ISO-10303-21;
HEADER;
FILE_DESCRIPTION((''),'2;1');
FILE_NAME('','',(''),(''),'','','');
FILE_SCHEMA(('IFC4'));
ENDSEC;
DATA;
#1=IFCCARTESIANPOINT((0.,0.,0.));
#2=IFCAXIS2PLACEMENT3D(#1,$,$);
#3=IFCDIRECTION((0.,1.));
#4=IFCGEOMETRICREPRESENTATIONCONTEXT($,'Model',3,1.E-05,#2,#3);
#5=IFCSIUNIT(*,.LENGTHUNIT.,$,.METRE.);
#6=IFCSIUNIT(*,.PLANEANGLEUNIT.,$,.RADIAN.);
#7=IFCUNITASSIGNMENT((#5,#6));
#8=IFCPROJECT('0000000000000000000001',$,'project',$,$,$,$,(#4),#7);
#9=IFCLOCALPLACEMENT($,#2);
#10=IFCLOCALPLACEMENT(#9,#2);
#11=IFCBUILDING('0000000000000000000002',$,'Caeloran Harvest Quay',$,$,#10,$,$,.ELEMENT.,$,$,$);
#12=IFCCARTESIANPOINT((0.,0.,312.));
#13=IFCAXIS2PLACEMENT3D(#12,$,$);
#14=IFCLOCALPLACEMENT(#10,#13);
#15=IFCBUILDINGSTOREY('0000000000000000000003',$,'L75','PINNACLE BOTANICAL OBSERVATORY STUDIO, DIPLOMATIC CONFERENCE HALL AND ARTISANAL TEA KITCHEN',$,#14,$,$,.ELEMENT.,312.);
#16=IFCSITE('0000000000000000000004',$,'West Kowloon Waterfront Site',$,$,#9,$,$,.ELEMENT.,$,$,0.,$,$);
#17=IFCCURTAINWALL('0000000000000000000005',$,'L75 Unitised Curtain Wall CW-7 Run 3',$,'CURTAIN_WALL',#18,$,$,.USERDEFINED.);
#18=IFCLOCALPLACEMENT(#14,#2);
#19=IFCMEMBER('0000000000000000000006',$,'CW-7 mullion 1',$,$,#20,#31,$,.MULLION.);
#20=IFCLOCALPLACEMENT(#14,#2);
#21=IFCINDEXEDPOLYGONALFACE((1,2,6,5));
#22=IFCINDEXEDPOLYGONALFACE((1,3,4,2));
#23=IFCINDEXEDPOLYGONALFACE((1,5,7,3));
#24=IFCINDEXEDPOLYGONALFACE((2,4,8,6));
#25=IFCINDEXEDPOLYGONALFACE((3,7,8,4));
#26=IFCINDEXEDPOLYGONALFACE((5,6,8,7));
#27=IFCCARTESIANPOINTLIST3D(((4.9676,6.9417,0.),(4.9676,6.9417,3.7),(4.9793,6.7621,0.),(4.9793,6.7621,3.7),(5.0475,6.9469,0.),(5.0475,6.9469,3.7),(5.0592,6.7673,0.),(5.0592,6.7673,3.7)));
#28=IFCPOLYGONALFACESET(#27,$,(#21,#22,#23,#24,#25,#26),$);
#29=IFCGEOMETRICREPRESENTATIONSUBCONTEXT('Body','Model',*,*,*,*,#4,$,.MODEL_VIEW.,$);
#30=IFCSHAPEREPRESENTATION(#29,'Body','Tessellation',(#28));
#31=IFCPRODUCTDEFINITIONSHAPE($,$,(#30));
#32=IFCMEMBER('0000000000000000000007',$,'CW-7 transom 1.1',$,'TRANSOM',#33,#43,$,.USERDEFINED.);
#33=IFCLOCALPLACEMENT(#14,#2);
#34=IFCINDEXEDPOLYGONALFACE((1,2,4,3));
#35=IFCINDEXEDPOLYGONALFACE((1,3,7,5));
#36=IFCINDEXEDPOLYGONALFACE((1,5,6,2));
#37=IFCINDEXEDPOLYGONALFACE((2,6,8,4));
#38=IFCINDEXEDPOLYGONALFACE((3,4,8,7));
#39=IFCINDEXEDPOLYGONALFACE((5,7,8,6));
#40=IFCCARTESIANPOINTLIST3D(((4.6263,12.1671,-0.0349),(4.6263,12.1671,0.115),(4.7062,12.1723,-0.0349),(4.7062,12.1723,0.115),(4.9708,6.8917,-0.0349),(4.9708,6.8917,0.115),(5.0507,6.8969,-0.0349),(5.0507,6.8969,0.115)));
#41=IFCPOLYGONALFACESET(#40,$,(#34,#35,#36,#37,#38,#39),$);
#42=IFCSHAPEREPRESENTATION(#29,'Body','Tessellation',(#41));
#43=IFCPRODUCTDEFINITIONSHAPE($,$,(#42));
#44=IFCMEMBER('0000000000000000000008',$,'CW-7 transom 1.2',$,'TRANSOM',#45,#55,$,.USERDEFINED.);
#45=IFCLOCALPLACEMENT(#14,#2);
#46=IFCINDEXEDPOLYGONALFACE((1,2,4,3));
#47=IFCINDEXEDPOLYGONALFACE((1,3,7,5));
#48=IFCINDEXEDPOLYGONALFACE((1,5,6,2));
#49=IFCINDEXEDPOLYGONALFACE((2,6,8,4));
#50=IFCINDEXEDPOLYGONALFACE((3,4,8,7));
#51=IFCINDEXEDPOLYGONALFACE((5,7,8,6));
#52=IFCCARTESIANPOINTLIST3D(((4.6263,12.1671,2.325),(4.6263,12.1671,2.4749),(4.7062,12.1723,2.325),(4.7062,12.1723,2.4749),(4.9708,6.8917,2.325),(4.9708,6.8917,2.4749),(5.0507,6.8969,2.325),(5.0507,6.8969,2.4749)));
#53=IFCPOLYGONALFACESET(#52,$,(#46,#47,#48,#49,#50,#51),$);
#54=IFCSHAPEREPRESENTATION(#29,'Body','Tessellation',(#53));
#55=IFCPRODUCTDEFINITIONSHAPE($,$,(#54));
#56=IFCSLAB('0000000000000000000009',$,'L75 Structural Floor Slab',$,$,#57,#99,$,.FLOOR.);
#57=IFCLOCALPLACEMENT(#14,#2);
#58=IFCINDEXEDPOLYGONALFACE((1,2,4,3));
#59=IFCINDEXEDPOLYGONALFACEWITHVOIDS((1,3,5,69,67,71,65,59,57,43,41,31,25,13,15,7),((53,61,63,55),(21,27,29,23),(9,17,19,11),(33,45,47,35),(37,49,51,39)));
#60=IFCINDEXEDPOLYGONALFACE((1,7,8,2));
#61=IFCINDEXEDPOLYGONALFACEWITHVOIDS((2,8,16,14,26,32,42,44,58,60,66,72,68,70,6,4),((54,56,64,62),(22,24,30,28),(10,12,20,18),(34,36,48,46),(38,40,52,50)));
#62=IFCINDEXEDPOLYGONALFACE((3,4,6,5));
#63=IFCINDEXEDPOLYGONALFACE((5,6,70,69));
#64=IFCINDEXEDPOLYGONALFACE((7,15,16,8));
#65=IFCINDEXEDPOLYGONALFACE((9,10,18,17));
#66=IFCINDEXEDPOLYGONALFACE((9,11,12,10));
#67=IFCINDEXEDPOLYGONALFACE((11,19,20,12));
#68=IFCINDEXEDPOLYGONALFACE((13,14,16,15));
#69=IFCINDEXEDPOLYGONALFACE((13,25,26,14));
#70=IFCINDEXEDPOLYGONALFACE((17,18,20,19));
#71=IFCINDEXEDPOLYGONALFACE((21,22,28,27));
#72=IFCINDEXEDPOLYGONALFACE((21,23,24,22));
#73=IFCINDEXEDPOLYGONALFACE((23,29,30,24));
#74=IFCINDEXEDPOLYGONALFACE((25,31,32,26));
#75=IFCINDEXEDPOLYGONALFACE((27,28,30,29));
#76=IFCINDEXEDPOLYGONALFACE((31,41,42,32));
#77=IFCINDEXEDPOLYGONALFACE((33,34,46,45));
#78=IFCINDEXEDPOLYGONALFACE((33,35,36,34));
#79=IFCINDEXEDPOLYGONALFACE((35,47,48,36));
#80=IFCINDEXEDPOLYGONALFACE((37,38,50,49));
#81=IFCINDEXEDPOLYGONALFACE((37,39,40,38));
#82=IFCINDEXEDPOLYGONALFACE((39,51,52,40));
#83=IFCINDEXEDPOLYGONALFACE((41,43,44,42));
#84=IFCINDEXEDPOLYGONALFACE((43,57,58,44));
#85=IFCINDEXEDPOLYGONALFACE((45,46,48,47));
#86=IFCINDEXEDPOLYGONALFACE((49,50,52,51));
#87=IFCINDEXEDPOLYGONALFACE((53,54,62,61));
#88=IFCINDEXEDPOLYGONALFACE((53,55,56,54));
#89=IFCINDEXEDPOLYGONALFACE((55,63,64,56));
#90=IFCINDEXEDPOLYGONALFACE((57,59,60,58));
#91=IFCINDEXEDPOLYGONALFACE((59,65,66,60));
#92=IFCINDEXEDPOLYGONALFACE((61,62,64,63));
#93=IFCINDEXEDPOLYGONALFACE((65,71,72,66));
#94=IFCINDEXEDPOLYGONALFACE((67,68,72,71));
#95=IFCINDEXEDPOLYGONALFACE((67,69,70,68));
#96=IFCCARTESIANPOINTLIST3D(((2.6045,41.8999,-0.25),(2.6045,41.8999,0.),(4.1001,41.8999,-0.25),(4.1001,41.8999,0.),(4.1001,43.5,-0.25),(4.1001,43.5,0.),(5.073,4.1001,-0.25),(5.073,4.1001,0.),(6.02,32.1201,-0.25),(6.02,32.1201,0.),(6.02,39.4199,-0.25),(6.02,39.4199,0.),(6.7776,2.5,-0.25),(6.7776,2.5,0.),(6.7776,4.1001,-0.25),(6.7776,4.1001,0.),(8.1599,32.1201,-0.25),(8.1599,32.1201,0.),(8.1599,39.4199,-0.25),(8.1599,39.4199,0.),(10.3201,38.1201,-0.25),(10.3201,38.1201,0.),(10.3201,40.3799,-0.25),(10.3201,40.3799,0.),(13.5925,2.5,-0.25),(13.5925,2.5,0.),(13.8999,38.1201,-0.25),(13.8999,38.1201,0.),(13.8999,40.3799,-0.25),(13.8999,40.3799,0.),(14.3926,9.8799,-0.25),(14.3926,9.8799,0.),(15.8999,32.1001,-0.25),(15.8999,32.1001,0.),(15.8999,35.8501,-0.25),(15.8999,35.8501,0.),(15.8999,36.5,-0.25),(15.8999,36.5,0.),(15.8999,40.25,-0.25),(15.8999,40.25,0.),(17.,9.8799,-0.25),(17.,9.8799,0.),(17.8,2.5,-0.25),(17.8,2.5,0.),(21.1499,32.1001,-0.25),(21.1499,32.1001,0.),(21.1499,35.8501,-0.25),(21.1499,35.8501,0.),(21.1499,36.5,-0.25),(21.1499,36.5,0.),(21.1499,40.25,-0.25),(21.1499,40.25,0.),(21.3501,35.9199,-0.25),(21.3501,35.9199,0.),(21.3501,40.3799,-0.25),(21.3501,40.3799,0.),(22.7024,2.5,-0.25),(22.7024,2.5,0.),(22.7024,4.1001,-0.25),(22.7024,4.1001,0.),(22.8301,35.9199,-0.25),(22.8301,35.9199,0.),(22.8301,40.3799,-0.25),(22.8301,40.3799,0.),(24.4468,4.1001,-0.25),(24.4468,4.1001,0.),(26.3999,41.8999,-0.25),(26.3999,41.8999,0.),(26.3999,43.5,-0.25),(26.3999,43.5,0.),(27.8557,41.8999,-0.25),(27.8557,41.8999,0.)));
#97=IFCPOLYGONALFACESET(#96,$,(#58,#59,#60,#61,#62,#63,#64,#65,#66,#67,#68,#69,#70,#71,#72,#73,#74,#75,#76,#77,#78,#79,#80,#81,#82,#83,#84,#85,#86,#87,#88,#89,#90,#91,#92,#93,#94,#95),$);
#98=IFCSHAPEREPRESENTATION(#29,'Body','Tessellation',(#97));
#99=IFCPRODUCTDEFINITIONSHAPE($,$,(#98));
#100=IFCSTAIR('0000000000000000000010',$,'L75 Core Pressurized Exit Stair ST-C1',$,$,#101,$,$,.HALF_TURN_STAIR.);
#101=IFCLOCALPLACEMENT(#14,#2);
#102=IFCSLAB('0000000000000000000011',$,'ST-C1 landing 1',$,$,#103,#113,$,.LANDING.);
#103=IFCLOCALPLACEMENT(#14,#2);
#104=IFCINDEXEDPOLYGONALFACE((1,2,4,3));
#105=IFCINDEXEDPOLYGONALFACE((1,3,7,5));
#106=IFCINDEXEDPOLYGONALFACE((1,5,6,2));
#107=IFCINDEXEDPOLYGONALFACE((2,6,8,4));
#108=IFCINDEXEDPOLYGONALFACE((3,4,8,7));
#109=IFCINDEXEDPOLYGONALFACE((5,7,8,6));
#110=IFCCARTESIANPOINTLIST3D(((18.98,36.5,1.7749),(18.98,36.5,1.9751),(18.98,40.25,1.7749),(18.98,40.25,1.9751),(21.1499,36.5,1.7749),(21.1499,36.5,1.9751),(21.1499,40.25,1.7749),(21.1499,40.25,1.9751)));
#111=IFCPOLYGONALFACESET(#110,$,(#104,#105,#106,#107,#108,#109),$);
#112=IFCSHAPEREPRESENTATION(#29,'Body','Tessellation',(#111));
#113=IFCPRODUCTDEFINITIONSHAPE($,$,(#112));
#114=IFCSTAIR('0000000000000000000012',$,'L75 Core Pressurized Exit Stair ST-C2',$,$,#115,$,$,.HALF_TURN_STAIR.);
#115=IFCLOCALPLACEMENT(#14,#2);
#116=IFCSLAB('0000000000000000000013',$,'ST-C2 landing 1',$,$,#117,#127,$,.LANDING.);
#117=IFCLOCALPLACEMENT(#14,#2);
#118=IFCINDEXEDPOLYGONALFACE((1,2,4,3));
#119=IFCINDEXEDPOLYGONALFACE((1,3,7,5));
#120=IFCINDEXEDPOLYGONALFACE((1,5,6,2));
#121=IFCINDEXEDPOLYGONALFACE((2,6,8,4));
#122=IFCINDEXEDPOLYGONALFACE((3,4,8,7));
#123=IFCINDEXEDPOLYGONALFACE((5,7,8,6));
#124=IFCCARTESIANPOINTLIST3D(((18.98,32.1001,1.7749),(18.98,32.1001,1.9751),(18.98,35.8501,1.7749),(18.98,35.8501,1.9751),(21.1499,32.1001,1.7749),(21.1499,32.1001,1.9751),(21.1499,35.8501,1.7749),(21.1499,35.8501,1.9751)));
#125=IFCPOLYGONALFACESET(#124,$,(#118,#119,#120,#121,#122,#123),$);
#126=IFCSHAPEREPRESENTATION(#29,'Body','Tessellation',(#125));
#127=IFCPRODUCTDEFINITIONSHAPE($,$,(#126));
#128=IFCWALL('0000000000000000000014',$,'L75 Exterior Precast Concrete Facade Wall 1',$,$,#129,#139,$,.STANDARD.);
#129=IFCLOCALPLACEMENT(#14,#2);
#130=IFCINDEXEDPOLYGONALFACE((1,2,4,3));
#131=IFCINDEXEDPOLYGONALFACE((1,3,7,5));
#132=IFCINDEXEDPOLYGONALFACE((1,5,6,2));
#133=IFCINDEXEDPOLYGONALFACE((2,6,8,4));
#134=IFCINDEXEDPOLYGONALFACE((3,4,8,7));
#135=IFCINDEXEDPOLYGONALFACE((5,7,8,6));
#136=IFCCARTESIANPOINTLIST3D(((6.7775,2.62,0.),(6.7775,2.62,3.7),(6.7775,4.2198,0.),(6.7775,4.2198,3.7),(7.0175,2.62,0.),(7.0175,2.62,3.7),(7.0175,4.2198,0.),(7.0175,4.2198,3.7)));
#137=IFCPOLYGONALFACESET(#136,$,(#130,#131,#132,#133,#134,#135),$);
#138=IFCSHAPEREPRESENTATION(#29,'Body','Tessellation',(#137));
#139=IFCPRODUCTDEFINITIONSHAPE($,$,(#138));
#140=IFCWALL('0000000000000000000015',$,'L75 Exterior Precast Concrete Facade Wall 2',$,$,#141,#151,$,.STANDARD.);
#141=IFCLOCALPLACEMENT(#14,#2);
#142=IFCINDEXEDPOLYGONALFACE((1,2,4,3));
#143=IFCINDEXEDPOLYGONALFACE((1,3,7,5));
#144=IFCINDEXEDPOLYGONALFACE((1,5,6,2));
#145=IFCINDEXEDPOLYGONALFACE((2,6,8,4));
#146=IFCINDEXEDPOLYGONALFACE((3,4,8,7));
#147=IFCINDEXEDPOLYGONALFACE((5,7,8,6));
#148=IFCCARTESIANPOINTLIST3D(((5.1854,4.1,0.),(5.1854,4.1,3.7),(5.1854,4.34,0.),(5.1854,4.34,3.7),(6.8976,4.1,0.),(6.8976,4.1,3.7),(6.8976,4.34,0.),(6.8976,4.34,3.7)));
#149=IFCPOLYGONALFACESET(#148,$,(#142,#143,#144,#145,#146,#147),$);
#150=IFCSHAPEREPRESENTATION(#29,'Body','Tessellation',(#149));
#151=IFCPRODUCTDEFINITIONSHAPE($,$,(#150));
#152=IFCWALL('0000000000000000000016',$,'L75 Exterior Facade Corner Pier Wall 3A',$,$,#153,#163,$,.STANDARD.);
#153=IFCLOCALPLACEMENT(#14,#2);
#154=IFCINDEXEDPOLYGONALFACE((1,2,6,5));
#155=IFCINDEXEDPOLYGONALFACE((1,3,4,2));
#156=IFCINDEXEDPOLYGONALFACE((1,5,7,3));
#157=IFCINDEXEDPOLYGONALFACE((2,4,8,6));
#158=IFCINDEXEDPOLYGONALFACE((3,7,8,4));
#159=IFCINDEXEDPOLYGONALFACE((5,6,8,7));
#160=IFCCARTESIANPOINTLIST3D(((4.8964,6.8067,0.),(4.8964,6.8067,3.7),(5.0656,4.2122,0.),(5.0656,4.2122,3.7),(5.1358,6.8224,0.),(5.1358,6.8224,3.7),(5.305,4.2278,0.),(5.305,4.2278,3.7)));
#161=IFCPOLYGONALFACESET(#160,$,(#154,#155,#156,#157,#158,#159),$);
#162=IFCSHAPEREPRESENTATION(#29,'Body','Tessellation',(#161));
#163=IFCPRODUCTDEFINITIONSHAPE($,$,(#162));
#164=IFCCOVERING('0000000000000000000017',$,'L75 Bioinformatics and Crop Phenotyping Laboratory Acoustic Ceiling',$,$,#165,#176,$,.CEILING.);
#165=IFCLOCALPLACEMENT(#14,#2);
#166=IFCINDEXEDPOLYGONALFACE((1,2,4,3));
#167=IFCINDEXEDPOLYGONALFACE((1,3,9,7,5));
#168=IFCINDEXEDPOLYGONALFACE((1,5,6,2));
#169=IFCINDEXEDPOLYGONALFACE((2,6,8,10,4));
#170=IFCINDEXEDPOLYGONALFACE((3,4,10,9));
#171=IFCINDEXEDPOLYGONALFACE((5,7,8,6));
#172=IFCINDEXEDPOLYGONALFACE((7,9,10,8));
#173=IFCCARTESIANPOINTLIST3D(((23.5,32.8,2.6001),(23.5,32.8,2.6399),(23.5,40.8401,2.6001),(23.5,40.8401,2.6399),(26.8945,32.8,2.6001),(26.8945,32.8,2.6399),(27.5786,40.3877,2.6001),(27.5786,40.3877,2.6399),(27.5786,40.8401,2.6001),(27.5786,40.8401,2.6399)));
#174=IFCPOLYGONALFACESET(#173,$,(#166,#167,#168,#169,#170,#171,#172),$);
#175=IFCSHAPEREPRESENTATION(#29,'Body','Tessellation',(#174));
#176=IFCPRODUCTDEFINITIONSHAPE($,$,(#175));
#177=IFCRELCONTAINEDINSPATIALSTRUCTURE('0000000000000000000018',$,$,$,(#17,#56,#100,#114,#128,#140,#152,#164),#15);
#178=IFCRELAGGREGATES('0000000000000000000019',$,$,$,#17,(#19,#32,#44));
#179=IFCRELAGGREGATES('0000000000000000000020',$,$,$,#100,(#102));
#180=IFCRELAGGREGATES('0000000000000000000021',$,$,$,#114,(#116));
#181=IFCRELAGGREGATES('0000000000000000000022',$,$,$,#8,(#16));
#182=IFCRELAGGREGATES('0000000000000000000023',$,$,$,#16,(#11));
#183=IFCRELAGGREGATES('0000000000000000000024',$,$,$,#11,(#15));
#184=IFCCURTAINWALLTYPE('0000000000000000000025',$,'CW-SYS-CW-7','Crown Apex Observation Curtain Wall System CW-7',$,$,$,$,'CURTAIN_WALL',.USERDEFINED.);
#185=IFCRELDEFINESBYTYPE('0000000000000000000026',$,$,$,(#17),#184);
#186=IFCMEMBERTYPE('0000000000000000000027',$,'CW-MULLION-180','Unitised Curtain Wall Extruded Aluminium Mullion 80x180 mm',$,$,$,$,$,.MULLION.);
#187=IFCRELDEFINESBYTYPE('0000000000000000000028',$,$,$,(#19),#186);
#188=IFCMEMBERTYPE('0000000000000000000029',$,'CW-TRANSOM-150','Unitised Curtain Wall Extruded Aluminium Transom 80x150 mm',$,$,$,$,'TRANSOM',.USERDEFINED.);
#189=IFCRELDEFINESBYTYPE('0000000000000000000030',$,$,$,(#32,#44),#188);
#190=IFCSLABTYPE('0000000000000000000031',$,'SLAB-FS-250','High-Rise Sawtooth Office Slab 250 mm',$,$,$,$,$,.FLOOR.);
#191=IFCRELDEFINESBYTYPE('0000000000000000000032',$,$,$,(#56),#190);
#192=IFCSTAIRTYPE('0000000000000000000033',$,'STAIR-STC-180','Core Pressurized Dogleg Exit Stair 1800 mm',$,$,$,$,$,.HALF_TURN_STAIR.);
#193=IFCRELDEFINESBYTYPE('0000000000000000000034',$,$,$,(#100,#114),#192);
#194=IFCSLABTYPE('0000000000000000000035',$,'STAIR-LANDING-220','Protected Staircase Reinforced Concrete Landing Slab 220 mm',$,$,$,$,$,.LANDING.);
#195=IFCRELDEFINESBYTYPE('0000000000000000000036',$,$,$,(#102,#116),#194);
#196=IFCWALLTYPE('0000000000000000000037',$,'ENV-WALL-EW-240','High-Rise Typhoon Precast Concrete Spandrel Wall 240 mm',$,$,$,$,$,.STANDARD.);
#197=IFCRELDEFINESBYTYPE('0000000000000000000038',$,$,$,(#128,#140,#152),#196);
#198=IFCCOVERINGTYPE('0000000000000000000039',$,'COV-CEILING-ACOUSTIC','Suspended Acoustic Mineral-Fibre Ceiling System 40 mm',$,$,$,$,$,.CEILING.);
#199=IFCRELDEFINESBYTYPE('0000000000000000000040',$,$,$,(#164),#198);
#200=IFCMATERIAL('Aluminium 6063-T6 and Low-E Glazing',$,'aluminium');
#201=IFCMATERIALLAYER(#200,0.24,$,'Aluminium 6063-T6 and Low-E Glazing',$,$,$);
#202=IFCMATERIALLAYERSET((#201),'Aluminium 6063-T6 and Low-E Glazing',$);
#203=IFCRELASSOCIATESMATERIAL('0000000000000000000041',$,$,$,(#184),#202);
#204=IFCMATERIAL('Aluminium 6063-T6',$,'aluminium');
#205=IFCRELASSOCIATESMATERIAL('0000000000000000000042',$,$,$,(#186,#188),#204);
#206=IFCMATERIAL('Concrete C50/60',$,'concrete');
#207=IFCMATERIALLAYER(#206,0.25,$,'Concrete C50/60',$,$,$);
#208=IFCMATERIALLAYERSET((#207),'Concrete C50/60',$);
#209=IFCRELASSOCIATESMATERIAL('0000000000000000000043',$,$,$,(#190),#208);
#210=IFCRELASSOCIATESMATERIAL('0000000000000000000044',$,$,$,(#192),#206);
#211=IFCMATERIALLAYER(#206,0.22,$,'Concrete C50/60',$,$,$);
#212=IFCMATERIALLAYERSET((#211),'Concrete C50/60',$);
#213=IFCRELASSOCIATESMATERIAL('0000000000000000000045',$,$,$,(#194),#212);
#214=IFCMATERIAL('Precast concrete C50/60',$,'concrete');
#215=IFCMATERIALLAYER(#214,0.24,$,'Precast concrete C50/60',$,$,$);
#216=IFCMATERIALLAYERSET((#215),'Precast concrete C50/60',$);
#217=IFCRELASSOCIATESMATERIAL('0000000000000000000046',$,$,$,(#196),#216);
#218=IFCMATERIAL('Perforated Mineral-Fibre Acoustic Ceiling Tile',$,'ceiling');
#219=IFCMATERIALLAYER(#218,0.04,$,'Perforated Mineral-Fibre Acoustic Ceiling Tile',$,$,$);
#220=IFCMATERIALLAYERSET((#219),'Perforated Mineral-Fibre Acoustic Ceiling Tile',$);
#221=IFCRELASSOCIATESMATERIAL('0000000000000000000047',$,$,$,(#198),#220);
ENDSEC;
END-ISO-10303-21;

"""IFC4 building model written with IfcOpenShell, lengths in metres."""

from ifc_helpers import new_model, si_unit, direction, frame, frame_2d, origin, origin_2d, place, context, subcontext, project, spatial, polyline, rectangle, outline, extrude, material, layer, layer_set, material_profile, profile_set, type_object, element, aggregate, save


model = new_model("IFC4")

# Units and contexts
model_context = context("Model", 3, precision=1e-05, world=origin(), true_north=direction((0.0, 1.0)))
body_context = subcontext(model_context, "Body", "Model", "MODEL_VIEW")
ifc_project = project(units=[si_unit("LENGTHUNIT", "METRE"), si_unit("PLANEANGLEUNIT", "RADIAN")], contexts=[model_context])

# Site, building, storey
site_placement = place(None, origin())
site = spatial("IfcSite", under=ifc_project, at=site_placement, Name="West Kowloon Waterfront Site", CompositionType="ELEMENT", RefElevation=0.0)
building_placement = place(site_placement, origin())
building = spatial("IfcBuilding", under=site, at=building_placement, Name="Caeloran Harvest Quay", CompositionType="ELEMENT")
storey_placement = place(building_placement, frame((0.0, 0.0, 312.0)))
storey = spatial("IfcBuildingStorey", under=building, at=storey_placement, Name="L75", Description="PINNACLE BOTANICAL OBSERVATORY STUDIO, DIPLOMATIC CONFERENCE HALL AND ARTISANAL TEA KITCHEN", CompositionType="ELEMENT", Elevation=312.0)

# Curtain wall, members
ifc_material_1 = material(Name="Aluminium 6063-T6 and Low-E Glazing", Category="aluminium")
ifc_layer_1 = layer(ifc_material_1, 0.24, Name="Aluminium 6063-T6 and Low-E Glazing")
ifc_layer_set_1 = layer_set([ifc_layer_1], Name="Aluminium 6063-T6 and Low-E Glazing")
curtain_wall_type = type_object("IfcCurtainWallType", Name="CW-SYS-CW-7", Description="Crown Apex Observation Curtain Wall System CW-7", ElementType="CURTAIN_WALL", PredefinedType="USERDEFINED", material=ifc_layer_set_1)
curtain_wall_placement = place(storey_placement, origin())
curtain_wall = element("IfcCurtainWall", 1, at=curtain_wall_placement, inside=storey, type_object=curtain_wall_type, Name="L75 Unitised Curtain Wall CW-7 Run 3", ObjectType="CURTAIN_WALL", PredefinedType="USERDEFINED")
ifc_material_2 = material(Name="Aluminium 6063-T6", Category="aluminium")
ifc_material_profile_1 = material_profile(ifc_material_2, rectangle(XDim=0.0801, YDim=0.1799, at=origin_2d()), Name="CW-MULLION-180")
ifc_profile_set_1 = profile_set([ifc_material_profile_1], Name="Aluminium 6063-T6")
member_type_1 = type_object("IfcMemberType", Name="CW-MULLION-180", Description="Unitised Curtain Wall Extruded Aluminium Mullion 80x180 mm", PredefinedType="MULLION", material=ifc_profile_set_1)
member_1_placement = place(storey_placement, frame((5.0134, 6.8545, 0.0), z_axis=(0.0, 0.0, 1.0), x_axis=(-0.997874, -0.065167, 0.0)))
member_1 = element("IfcMember", 2, at=member_1_placement, type_object=member_type_1, Name="CW-7 mullion 1", PredefinedType="MULLION", context=body_context, shape_type="SweptSolid", body=[
    extrude(rectangle(XDim=0.0801, YDim=0.1799, at=origin_2d()), origin(), (0.0, 0.0, 1.0), 3.7),
])
ifc_material_profile_2 = material_profile(ifc_material_2, rectangle(XDim=0.0801, YDim=0.1499, at=origin_2d()), Name="CW-TRANSOM-150")
ifc_profile_set_2 = profile_set([ifc_material_profile_2], Name="Aluminium 6063-T6")
member_type_2 = type_object("IfcMemberType", Name="CW-TRANSOM-150", Description="Unitised Curtain Wall Extruded Aluminium Transom 80x150 mm", ElementType="TRANSOM", PredefinedType="USERDEFINED", material=ifc_profile_set_2)
member_2_placement = place(storey_placement, frame((5.0107, 6.8943, 0.04), z_axis=(-0.065161, 0.997875, 0.0), x_axis=(-0.997875, -0.065161, 0.0)))
member_2 = element("IfcMember", 3, at=member_2_placement, type_object=member_type_2, Name="CW-7 transom 1.1", ObjectType="TRANSOM", PredefinedType="USERDEFINED", context=body_context, shape_type="SweptSolid", body=[
    extrude(rectangle(XDim=0.0801, YDim=0.1499, at=origin_2d()), origin(), (0.0, 0.0, 1.0), 5.2866),
])
member_3_placement = place(storey_placement, frame((5.0107, 6.8943, 2.3999), z_axis=(-0.065161, 0.997875, 0.0), x_axis=(-0.997875, -0.065161, 0.0)))
member_3 = element("IfcMember", 4, at=member_3_placement, type_object=member_type_2, Name="CW-7 transom 1.2", ObjectType="TRANSOM", PredefinedType="USERDEFINED", context=body_context, shape_type="SweptSolid", body=[
    extrude(rectangle(XDim=0.0801, YDim=0.1499, at=origin_2d()), origin(), (0.0, 0.0, 1.0), 5.2866),
])
aggregate(curtain_wall, [member_1, member_2, member_3])

# Slab
ifc_material_3 = material(Name="Concrete C50/60", Category="concrete")
ifc_layer_2 = layer(ifc_material_3, 0.25, Name="Concrete C50/60")
ifc_layer_set_2 = layer_set([ifc_layer_2], Name="Concrete C50/60")
slab_type_1 = type_object("IfcSlabType", Name="SLAB-FS-250", Description="High-Rise Sawtooth Office Slab 250 mm", PredefinedType="FLOOR", material=ifc_layer_set_2)
slab_1_placement = place(storey_placement, frame((0.0, 0.0, -0.25)))
element("IfcSlab", 5, at=slab_1_placement, inside=storey, type_object=slab_type_1, Name="L75 Structural Floor Slab", PredefinedType="FLOOR", context=body_context, shape_type="SweptSolid", body=[
    extrude(outline(polyline([(6.7776, 2.5), (13.5925, 2.5), (14.3926, 9.8799), (17.0, 9.8799), (17.8, 2.5), (22.7024, 2.5), (22.7024, 4.1001), (24.4468, 4.1001), (27.8557, 41.8999), (26.3999, 41.8999), (26.3999, 43.5), (4.1001, 43.5), (4.1001, 41.8999), (2.6045, 41.8999), (5.073, 4.1001), (6.7776, 4.1001), (6.7776, 2.5)]), holes=[polyline([(21.1499, 32.1001), (15.8999, 32.1001), (15.8999, 35.8501), (21.1499, 35.8501), (21.1499, 32.1001)]), polyline([(8.1599, 39.4199), (8.1599, 32.1201), (6.02, 32.1201), (6.02, 39.4199), (8.1599, 39.4199)]), polyline([(22.8301, 40.3799), (22.8301, 35.9199), (21.3501, 35.9199), (21.3501, 40.3799), (22.8301, 40.3799)]), polyline([(15.8999, 36.5), (15.8999, 40.25), (21.1499, 40.25), (21.1499, 36.5), (15.8999, 36.5)]), polyline([(13.8999, 38.1201), (10.3201, 38.1201), (10.3201, 40.3799), (13.8999, 40.3799), (13.8999, 38.1201)])]), origin(), (0.0, 0.0, 1.0), 0.25),
])

# Stairs, slabs
stair_type = type_object("IfcStairType", Name="STAIR-STC-180", Description="Core Pressurized Dogleg Exit Stair 1800 mm", PredefinedType="HALF_TURN_STAIR", material=ifc_material_3)
stair_1_placement = place(storey_placement, origin())
stair_1 = element("IfcStair", 6, at=stair_1_placement, inside=storey, type_object=stair_type, Name="L75 Core Pressurized Exit Stair ST-C1", PredefinedType="HALF_TURN_STAIR")
ifc_layer_3 = layer(ifc_material_3, 0.22, Name="Concrete C50/60")
ifc_layer_set_3 = layer_set([ifc_layer_3], Name="Concrete C50/60")
slab_type_2 = type_object("IfcSlabType", Name="STAIR-LANDING-220", Description="Protected Staircase Reinforced Concrete Landing Slab 220 mm", PredefinedType="LANDING", material=ifc_layer_set_3)
slab_2_placement = place(storey_placement, frame((0.0, 0.0, 1.7749)))
slab_2 = element("IfcSlab", 7, at=slab_2_placement, type_object=slab_type_2, Name="ST-C1 landing 1", PredefinedType="LANDING", context=body_context, shape_type="SweptSolid", body=[
    extrude(outline(polyline([(18.98, 36.5), (21.1499, 36.5), (21.1499, 40.25), (18.98, 40.25), (18.98, 36.5)])), origin(), (0.0, 0.0, 1.0), 0.2002),
])
aggregate(stair_1, [slab_2])
stair_2_placement = place(storey_placement, origin())
stair_2 = element("IfcStair", 8, at=stair_2_placement, inside=storey, type_object=stair_type, Name="L75 Core Pressurized Exit Stair ST-C2", PredefinedType="HALF_TURN_STAIR")
slab_3_placement = place(storey_placement, frame((0.0, 0.0, 1.7749)))
slab_3 = element("IfcSlab", 9, at=slab_3_placement, type_object=slab_type_2, Name="ST-C2 landing 1", PredefinedType="LANDING", context=body_context, shape_type="SweptSolid", body=[
    extrude(outline(polyline([(18.98, 32.1001), (21.1499, 32.1001), (21.1499, 35.8501), (18.98, 35.8501), (18.98, 32.1001)])), origin(), (0.0, 0.0, 1.0), 0.2002),
])
aggregate(stair_2, [slab_3])

# Walls
ifc_material_4 = material(Name="Precast concrete C50/60", Category="concrete")
ifc_layer_4 = layer(ifc_material_4, 0.24, Name="Precast concrete C50/60")
ifc_layer_set_4 = layer_set([ifc_layer_4], Name="Precast concrete C50/60")
wall_type = type_object("IfcWallType", Name="ENV-WALL-EW-240", Description="High-Rise Typhoon Precast Concrete Spandrel Wall 240 mm", PredefinedType="STANDARD", material=ifc_layer_set_4)
wall_1_placement = place(storey_placement, frame((6.8975, 2.6201, 0.0), z_axis=(0.0, 0.0, 1.0), x_axis=(0.0, 1.0, 0.0)))
element("IfcWall", 10, at=wall_1_placement, inside=storey, type_object=wall_type, Name="L75 Exterior Precast Concrete Facade Wall 1", PredefinedType="STANDARD", context=body_context, shape_type="SweptSolid", body=[
    extrude(rectangle(XDim=1.5999, YDim=0.24, at=frame_2d((0.7998, 0.0))), origin(), (0.0, 0.0, 1.0), 3.7),
])
wall_2_placement = place(storey_placement, frame((6.8975, 4.22, 0.0), z_axis=(0.0, 0.0, 1.0), x_axis=(-1.0, 0.0, 0.0)))
element("IfcWall", 11, at=wall_2_placement, inside=storey, type_object=wall_type, Name="L75 Exterior Precast Concrete Facade Wall 2", PredefinedType="STANDARD", context=body_context, shape_type="SweptSolid", body=[
    extrude(rectangle(XDim=1.7122, YDim=0.24, at=frame_2d((0.856, 0.0))), origin(), (0.0, 0.0, 1.0), 3.7),
])
wall_3_placement = place(storey_placement, frame((5.1853, 4.22, 0.0), z_axis=(0.0, 0.0, 1.0), x_axis=(-0.065073, 0.997881, 0.0)))
element("IfcWall", 12, at=wall_3_placement, inside=storey, type_object=wall_type, Name="L75 Exterior Facade Corner Pier Wall 3A", PredefinedType="STANDARD", context=body_context, shape_type="SweptSolid", body=[
    extrude(rectangle(XDim=2.6001, YDim=0.24, at=frame_2d((1.3, 0.0))), origin(), (0.0, 0.0, 1.0), 3.7),
])

# Covering
ifc_material_5 = material(Name="Perforated Mineral-Fibre Acoustic Ceiling Tile", Category="ceiling")
ifc_layer_5 = layer(ifc_material_5, 0.04, Name="Perforated Mineral-Fibre Acoustic Ceiling Tile")
ifc_layer_set_5 = layer_set([ifc_layer_5], Name="Perforated Mineral-Fibre Acoustic Ceiling Tile")
covering_type_1 = type_object("IfcCoveringType", Name="COV-CEILING-ACOUSTIC", Description="Suspended Acoustic Mineral-Fibre Ceiling System 40 mm", PredefinedType="CEILING", material=ifc_layer_set_5)
covering_1_placement = place(storey_placement, frame((0.0, 0.0, 2.6001)))
element("IfcCovering", 13, at=covering_1_placement, inside=storey, type_object=covering_type_1, Name="L75 Bioinformatics and Crop Phenotyping Laboratory Acoustic Ceiling", PredefinedType="CEILING", context=body_context, shape_type="SweptSolid", body=[
    extrude(outline(polyline([(27.5786, 40.3877), (26.8945, 32.8), (23.5, 32.8), (23.5, 40.8401), (27.5786, 40.8401), (27.5786, 40.3877)])), origin(), (0.0, 0.0, 1.0), 0.0398),
])

save(model, "model.ifc")
